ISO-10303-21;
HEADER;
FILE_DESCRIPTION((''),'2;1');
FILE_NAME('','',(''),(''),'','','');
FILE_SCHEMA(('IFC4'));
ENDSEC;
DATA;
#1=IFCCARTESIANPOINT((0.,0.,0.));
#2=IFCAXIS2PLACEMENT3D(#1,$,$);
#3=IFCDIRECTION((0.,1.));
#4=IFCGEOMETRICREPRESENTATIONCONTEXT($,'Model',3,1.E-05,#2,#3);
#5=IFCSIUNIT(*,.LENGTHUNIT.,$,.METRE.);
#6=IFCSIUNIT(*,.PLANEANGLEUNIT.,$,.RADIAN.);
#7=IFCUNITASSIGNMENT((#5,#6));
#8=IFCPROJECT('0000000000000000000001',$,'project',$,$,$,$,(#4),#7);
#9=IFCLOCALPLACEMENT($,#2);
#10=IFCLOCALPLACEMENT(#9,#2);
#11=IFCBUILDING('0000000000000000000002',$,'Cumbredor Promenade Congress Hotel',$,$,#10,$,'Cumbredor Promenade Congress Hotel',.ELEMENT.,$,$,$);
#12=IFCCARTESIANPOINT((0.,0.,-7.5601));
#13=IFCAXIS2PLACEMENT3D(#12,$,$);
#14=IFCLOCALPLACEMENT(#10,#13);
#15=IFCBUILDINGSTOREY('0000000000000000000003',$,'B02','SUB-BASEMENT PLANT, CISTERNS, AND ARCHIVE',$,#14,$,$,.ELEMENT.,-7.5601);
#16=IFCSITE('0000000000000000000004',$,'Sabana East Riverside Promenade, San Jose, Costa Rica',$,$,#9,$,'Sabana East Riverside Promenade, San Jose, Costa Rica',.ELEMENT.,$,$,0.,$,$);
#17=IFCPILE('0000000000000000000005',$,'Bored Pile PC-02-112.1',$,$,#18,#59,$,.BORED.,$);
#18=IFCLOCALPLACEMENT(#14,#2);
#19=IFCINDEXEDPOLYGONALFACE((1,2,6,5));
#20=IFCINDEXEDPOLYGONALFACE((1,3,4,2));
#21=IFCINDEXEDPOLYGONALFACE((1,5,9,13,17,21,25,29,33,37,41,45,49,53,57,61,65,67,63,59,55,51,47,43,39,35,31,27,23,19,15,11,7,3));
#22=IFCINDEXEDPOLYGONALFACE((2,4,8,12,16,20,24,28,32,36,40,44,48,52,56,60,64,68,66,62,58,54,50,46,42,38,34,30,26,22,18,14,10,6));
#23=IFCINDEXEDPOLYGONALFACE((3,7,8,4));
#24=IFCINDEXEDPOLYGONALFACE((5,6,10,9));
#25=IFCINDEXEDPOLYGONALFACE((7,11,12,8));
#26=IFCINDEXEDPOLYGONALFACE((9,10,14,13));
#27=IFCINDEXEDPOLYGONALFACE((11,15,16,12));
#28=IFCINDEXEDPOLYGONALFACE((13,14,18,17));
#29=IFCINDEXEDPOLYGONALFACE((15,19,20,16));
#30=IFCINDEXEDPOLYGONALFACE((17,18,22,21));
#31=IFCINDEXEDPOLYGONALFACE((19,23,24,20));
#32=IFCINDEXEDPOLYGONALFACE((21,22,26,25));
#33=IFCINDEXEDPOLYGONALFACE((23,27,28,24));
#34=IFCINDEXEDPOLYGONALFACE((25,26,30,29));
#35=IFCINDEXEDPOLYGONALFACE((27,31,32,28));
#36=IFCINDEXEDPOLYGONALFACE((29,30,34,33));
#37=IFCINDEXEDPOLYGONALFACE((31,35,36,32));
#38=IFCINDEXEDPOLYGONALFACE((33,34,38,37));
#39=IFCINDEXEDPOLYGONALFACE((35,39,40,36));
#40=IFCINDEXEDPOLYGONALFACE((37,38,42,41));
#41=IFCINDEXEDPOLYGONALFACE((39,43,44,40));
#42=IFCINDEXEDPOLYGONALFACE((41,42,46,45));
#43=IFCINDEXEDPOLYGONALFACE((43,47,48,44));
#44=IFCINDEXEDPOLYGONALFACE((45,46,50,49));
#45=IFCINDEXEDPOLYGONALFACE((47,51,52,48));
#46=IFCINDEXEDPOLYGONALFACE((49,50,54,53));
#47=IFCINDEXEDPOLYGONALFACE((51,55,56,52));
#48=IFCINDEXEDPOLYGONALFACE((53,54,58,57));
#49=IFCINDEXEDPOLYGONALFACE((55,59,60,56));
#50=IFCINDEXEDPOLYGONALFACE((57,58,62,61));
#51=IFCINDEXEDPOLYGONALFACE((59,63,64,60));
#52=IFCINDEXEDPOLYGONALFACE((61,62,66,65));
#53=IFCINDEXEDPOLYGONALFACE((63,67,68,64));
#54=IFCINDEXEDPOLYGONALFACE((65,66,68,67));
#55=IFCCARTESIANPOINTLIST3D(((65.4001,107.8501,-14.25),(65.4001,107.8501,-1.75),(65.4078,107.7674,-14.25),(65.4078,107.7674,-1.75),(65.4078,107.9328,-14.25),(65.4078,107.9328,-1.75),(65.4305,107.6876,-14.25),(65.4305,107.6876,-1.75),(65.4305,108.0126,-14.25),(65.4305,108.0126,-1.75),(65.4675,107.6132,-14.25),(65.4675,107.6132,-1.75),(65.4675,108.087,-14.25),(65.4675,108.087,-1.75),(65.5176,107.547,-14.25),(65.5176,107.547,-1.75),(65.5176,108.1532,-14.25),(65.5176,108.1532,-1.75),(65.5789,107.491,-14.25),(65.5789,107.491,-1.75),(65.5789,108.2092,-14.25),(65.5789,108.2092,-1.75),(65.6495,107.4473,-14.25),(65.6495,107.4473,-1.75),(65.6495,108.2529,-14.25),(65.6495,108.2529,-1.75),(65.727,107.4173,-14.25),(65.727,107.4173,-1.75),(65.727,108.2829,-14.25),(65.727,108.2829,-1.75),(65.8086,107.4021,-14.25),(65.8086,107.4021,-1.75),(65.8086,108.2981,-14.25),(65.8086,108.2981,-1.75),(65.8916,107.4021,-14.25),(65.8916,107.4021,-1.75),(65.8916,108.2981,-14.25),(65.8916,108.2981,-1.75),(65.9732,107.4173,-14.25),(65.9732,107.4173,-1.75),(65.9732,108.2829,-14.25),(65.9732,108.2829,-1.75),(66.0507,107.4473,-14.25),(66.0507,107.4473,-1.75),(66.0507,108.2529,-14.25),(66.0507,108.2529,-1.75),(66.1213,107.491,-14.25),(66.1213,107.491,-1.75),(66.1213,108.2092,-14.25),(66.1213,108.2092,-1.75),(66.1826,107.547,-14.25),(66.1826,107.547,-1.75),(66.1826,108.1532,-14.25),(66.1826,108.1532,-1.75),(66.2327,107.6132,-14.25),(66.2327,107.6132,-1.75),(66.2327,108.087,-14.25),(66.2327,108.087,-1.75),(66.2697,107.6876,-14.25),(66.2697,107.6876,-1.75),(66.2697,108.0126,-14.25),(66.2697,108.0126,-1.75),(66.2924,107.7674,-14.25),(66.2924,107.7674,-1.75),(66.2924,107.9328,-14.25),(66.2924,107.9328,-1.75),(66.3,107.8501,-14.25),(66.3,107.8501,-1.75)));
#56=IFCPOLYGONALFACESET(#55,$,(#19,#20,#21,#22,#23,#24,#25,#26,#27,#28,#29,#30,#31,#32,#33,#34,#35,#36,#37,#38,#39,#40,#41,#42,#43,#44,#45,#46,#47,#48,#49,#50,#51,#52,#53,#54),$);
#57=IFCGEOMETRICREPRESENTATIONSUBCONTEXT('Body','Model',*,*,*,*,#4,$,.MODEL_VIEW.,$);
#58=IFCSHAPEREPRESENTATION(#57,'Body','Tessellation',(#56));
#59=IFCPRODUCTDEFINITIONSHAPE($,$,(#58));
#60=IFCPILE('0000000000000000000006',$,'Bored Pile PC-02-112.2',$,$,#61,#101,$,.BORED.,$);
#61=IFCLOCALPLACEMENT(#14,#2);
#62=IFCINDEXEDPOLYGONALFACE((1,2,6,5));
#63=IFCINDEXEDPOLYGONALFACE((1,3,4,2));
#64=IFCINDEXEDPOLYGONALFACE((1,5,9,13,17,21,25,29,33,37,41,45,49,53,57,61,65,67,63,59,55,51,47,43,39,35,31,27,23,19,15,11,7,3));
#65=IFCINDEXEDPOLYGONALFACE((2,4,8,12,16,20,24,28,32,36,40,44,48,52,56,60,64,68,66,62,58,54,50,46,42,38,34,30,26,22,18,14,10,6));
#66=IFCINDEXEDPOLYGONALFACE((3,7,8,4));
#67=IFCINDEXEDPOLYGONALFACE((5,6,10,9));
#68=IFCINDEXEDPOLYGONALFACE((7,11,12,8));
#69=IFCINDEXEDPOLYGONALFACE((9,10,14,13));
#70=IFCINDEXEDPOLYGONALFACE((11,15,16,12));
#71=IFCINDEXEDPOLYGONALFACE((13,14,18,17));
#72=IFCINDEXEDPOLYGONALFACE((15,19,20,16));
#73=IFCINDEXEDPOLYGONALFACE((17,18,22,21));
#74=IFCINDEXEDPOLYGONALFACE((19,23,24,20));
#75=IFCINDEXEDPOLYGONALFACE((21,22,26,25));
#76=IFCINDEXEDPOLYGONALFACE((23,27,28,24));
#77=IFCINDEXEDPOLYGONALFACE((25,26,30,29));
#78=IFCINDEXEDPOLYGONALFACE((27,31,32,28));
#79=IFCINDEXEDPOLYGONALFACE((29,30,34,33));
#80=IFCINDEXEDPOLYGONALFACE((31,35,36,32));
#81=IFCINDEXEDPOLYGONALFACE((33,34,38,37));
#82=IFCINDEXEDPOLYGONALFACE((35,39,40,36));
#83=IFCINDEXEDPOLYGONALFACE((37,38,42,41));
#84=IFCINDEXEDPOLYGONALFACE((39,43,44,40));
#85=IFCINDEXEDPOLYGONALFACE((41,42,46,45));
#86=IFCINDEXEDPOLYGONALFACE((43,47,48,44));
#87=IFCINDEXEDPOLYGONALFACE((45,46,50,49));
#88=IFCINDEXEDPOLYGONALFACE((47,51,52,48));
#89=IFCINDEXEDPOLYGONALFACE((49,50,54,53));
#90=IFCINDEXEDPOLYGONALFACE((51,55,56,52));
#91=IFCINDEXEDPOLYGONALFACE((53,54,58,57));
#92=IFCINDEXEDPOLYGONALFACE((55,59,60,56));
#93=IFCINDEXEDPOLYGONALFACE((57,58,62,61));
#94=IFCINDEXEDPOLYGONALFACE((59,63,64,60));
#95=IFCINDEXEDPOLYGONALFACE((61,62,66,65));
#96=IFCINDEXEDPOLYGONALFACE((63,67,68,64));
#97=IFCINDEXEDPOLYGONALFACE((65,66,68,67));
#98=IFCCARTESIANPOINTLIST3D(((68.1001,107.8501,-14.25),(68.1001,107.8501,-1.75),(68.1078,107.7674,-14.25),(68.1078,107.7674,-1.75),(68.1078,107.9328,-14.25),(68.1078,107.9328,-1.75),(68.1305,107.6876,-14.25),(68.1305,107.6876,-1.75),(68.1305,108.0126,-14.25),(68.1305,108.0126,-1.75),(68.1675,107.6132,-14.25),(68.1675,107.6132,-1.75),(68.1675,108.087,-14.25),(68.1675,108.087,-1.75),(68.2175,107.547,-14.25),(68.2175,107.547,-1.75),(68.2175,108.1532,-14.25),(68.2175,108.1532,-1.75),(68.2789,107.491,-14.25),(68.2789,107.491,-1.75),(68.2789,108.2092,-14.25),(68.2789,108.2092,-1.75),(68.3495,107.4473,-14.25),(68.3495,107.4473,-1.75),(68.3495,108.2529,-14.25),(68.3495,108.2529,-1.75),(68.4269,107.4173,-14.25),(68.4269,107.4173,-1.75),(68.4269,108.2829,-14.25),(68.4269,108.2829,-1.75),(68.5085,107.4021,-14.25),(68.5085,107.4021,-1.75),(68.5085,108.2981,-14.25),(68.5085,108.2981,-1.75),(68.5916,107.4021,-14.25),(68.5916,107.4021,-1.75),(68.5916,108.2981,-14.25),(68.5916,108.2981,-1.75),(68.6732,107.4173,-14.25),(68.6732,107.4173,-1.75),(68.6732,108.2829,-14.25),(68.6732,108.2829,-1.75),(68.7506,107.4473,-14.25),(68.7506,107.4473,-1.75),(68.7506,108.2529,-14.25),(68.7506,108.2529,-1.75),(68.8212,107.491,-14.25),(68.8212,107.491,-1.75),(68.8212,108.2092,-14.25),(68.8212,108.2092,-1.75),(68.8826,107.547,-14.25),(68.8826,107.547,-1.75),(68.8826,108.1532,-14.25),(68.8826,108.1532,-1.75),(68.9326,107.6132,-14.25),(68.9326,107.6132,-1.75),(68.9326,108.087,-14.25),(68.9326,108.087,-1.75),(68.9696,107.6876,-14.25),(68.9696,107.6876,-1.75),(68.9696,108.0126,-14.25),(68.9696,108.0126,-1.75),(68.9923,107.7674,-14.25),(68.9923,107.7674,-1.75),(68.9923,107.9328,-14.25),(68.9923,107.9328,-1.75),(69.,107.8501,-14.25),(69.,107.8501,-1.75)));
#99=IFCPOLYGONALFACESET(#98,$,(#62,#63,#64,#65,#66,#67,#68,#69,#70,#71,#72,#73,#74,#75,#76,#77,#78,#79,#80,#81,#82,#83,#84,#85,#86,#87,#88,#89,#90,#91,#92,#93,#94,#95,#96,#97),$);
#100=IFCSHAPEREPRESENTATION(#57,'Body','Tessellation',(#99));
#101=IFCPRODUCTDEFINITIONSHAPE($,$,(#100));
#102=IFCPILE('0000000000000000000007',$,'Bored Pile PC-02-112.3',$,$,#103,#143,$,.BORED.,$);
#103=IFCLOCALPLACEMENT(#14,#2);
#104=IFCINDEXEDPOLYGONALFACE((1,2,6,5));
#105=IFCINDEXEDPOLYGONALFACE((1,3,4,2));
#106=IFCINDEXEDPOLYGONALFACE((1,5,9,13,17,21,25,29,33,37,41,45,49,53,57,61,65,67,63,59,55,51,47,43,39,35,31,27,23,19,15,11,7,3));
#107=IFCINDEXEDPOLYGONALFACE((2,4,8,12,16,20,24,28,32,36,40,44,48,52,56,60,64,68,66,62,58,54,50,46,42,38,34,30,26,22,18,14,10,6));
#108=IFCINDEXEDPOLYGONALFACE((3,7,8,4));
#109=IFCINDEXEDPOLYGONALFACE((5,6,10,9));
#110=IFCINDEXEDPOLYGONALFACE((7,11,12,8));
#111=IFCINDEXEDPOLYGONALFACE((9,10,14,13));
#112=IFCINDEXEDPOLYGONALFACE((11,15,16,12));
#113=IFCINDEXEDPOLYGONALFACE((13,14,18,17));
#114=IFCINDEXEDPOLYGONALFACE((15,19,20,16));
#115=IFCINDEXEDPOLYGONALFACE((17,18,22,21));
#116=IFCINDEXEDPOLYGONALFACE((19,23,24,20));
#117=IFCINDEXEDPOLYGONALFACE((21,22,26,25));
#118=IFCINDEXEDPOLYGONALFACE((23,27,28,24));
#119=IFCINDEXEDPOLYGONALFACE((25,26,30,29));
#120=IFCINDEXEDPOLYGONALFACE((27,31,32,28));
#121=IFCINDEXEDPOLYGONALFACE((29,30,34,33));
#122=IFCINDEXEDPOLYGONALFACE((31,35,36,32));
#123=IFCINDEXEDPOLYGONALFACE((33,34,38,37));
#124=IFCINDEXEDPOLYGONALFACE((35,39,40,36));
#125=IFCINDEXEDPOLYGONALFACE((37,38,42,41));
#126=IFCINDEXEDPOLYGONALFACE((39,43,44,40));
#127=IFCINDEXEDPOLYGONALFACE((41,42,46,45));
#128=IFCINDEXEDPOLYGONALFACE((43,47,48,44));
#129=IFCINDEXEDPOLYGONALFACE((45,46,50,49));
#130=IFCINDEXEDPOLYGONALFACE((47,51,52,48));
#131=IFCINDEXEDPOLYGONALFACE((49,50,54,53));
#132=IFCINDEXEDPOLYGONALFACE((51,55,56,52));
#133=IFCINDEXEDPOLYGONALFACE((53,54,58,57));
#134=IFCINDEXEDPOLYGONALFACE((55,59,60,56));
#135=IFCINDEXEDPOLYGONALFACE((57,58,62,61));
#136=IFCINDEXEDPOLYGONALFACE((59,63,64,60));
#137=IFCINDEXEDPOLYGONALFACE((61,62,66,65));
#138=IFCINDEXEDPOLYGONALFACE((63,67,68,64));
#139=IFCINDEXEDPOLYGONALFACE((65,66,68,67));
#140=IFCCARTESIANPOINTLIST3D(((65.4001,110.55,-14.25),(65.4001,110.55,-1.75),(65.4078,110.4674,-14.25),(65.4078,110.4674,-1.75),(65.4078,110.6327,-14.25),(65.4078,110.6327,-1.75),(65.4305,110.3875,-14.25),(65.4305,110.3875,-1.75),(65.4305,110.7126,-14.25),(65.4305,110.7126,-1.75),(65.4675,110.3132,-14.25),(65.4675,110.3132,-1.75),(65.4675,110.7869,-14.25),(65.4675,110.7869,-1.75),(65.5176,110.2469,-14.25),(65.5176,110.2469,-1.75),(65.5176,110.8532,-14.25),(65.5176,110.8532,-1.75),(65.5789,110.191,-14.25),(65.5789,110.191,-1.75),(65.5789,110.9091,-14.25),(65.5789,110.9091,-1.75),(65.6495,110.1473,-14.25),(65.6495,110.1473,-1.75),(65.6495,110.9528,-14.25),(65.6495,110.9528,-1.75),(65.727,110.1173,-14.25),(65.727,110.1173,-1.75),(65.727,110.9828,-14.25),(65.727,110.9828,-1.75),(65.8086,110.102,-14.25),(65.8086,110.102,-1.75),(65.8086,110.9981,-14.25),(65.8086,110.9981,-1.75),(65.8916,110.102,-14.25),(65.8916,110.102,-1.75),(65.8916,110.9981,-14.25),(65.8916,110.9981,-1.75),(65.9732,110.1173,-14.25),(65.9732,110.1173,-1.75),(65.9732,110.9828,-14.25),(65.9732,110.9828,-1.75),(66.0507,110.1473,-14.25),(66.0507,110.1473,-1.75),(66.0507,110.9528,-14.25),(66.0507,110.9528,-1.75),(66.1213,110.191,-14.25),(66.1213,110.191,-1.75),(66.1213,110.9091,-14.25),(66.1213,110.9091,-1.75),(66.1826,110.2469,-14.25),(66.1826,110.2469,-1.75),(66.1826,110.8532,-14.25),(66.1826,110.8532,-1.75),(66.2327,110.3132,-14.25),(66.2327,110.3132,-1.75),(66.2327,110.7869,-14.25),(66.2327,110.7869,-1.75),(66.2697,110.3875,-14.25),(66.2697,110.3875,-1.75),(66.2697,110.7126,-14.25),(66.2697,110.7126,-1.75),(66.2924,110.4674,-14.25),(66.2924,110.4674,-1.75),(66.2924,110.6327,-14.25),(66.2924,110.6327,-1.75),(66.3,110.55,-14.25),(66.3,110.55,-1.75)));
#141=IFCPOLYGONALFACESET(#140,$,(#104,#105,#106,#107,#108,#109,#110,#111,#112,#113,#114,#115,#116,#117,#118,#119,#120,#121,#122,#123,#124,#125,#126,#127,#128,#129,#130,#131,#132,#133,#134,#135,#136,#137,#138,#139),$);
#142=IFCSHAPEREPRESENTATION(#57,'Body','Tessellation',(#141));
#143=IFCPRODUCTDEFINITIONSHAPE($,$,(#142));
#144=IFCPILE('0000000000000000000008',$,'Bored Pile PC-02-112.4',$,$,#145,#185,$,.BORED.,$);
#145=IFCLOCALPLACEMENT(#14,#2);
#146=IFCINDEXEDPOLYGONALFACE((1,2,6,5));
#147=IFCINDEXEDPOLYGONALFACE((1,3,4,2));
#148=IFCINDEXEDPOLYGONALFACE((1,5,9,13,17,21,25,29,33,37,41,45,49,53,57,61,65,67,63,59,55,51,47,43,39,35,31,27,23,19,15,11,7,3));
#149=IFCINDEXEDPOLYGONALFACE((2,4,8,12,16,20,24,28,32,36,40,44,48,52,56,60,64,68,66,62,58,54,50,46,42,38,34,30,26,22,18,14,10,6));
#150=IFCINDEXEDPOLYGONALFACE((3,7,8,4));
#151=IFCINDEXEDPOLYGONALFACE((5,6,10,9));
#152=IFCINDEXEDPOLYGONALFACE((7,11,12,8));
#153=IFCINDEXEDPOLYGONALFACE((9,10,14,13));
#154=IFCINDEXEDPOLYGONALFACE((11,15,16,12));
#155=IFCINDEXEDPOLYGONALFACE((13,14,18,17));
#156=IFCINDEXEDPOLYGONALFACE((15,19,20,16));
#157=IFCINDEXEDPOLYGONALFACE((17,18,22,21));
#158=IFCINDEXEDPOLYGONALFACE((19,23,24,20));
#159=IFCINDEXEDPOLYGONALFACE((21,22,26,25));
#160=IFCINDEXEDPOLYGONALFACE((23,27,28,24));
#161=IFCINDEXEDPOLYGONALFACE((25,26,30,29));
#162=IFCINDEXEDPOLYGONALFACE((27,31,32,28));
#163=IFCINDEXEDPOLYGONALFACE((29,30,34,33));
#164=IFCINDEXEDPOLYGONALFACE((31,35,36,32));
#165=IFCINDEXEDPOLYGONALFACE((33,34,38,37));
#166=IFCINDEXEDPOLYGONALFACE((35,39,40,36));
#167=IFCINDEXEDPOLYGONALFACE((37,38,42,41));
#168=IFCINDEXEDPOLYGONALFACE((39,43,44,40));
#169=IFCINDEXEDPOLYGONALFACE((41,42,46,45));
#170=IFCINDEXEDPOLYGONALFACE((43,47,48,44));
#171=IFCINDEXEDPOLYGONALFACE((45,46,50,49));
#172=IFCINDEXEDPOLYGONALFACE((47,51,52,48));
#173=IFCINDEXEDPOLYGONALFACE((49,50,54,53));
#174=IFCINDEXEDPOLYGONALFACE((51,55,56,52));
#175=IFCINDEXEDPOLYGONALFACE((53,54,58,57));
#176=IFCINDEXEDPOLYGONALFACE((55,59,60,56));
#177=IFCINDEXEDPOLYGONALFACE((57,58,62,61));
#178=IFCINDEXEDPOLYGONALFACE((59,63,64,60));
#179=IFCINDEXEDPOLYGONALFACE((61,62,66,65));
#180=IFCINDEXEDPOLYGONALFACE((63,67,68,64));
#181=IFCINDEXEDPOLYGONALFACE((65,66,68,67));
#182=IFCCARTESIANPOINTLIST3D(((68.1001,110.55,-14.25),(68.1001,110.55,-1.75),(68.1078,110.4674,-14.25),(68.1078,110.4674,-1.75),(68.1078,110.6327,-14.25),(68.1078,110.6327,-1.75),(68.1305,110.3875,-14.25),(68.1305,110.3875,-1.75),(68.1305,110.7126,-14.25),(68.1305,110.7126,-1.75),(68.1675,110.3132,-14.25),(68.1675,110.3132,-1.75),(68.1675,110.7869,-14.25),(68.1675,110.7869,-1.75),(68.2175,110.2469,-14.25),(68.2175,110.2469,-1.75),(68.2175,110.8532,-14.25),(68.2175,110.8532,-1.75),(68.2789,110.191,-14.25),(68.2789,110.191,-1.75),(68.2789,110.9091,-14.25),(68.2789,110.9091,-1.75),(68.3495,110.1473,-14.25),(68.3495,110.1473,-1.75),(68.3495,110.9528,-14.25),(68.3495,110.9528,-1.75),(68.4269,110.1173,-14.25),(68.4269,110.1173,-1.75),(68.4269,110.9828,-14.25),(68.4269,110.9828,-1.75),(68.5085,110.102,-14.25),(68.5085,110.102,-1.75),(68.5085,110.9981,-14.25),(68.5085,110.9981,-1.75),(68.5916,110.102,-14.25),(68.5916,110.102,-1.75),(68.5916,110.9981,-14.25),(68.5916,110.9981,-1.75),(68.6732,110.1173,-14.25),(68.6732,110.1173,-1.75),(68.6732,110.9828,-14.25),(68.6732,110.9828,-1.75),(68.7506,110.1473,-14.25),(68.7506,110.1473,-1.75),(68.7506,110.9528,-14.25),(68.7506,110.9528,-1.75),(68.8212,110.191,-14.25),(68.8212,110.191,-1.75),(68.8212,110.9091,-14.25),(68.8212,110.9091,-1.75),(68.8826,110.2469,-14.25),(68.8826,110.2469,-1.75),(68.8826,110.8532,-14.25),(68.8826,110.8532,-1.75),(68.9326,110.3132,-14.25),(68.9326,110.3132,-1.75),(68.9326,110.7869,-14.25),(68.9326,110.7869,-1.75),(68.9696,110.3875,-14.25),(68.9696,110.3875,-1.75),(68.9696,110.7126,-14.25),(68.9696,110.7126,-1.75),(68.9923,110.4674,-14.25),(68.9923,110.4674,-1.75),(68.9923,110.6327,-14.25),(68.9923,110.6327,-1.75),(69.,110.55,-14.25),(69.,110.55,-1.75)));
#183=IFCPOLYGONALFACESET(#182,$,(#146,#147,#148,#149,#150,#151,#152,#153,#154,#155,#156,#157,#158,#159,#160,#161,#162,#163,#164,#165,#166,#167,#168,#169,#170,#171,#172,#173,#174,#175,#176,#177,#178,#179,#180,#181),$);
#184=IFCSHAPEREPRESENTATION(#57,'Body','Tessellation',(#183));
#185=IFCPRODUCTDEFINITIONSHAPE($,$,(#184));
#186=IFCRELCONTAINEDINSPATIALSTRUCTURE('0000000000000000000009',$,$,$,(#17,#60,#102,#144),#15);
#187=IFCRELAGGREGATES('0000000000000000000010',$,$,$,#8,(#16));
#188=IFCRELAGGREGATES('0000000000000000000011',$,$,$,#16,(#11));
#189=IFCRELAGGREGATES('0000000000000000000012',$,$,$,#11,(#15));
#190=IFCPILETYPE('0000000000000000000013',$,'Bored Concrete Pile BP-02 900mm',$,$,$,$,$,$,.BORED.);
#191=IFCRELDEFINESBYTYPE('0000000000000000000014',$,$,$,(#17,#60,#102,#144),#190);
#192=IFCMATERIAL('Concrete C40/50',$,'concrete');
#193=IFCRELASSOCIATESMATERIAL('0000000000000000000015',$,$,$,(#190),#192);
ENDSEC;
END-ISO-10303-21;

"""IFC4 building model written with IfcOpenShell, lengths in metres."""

from ifc_helpers import new_model, si_unit, direction, frame, origin, origin_2d, place, context, subcontext, project, spatial, circle, extrude, material, material_profile, profile_set, type_object, element, save


model = new_model("IFC4")

# Units and contexts
model_context = context("Model", 3, precision=1e-05, world=origin(), true_north=direction((0.0, 1.0)))
body_context = subcontext(model_context, "Body", "Model", "MODEL_VIEW")
ifc_project = project(units=[si_unit("LENGTHUNIT", "METRE"), si_unit("PLANEANGLEUNIT", "RADIAN")], contexts=[model_context])

# Site, building, storey
site_placement = place(None, origin())
site = spatial("IfcSite", under=ifc_project, at=site_placement, Name="Sabana East Riverside Promenade, San Jose, Costa Rica", LongName="Sabana East Riverside Promenade, San Jose, Costa Rica", CompositionType="ELEMENT", RefElevation=0.0)
building_placement = place(site_placement, origin())
building = spatial("IfcBuilding", under=site, at=building_placement, Name="Cumbredor Promenade Congress Hotel", LongName="Cumbredor Promenade Congress Hotel", CompositionType="ELEMENT")
storey_placement = place(building_placement, frame((0.0, 0.0, -7.5601)))
storey = spatial("IfcBuildingStorey", under=building, at=storey_placement, Name="B02", Description="SUB-BASEMENT PLANT, CISTERNS, AND ARCHIVE", CompositionType="ELEMENT", Elevation=-7.5601)

# Piles
ifc_material_1 = material(Name="Concrete C40/50", Category="concrete")
ifc_material_profile_1 = material_profile(ifc_material_1, circle(Radius=0.45, at=origin_2d()), Name="PILE D900")
ifc_profile_set_1 = profile_set([ifc_material_profile_1], Name="Concrete C40/50")
pile_type = type_object("IfcPileType", Name="Bored Concrete Pile BP-02 900mm", PredefinedType="BORED", material=ifc_profile_set_1)
for number, where, z_axis, x_axis, name in (
    (1, (65.8501, 107.8501, -1.75), (0.0, 0.0, -1.0), (1.0, 0.0, 0.0), "Bored Pile PC-02-112.1"),
    (2, (68.55, 107.8501, -1.75), (0.0, 0.0, -1.0), (1.0, 0.0, 0.0), "Bored Pile PC-02-112.2"),
    (3, (65.8501, 110.55, -1.75), (0.0, 0.0, -1.0), (1.0, 0.0, 0.0), "Bored Pile PC-02-112.3"),
    (4, (68.55, 110.55, -1.75), (0.0, 0.0, -1.0), (1.0, 0.0, 0.0), "Bored Pile PC-02-112.4"),
):
    element("IfcPile", number, at=place(storey_placement, frame(where, z_axis=z_axis, x_axis=x_axis)), inside=storey, type_object=pile_type, Name=name, PredefinedType="BORED", context=body_context, shape_type="SweptSolid", body=[
        extrude(circle(Radius=0.45, at=origin_2d()), origin(), (0.0, 0.0, 1.0), 12.5),
    ])

save(model, "model.ifc")
